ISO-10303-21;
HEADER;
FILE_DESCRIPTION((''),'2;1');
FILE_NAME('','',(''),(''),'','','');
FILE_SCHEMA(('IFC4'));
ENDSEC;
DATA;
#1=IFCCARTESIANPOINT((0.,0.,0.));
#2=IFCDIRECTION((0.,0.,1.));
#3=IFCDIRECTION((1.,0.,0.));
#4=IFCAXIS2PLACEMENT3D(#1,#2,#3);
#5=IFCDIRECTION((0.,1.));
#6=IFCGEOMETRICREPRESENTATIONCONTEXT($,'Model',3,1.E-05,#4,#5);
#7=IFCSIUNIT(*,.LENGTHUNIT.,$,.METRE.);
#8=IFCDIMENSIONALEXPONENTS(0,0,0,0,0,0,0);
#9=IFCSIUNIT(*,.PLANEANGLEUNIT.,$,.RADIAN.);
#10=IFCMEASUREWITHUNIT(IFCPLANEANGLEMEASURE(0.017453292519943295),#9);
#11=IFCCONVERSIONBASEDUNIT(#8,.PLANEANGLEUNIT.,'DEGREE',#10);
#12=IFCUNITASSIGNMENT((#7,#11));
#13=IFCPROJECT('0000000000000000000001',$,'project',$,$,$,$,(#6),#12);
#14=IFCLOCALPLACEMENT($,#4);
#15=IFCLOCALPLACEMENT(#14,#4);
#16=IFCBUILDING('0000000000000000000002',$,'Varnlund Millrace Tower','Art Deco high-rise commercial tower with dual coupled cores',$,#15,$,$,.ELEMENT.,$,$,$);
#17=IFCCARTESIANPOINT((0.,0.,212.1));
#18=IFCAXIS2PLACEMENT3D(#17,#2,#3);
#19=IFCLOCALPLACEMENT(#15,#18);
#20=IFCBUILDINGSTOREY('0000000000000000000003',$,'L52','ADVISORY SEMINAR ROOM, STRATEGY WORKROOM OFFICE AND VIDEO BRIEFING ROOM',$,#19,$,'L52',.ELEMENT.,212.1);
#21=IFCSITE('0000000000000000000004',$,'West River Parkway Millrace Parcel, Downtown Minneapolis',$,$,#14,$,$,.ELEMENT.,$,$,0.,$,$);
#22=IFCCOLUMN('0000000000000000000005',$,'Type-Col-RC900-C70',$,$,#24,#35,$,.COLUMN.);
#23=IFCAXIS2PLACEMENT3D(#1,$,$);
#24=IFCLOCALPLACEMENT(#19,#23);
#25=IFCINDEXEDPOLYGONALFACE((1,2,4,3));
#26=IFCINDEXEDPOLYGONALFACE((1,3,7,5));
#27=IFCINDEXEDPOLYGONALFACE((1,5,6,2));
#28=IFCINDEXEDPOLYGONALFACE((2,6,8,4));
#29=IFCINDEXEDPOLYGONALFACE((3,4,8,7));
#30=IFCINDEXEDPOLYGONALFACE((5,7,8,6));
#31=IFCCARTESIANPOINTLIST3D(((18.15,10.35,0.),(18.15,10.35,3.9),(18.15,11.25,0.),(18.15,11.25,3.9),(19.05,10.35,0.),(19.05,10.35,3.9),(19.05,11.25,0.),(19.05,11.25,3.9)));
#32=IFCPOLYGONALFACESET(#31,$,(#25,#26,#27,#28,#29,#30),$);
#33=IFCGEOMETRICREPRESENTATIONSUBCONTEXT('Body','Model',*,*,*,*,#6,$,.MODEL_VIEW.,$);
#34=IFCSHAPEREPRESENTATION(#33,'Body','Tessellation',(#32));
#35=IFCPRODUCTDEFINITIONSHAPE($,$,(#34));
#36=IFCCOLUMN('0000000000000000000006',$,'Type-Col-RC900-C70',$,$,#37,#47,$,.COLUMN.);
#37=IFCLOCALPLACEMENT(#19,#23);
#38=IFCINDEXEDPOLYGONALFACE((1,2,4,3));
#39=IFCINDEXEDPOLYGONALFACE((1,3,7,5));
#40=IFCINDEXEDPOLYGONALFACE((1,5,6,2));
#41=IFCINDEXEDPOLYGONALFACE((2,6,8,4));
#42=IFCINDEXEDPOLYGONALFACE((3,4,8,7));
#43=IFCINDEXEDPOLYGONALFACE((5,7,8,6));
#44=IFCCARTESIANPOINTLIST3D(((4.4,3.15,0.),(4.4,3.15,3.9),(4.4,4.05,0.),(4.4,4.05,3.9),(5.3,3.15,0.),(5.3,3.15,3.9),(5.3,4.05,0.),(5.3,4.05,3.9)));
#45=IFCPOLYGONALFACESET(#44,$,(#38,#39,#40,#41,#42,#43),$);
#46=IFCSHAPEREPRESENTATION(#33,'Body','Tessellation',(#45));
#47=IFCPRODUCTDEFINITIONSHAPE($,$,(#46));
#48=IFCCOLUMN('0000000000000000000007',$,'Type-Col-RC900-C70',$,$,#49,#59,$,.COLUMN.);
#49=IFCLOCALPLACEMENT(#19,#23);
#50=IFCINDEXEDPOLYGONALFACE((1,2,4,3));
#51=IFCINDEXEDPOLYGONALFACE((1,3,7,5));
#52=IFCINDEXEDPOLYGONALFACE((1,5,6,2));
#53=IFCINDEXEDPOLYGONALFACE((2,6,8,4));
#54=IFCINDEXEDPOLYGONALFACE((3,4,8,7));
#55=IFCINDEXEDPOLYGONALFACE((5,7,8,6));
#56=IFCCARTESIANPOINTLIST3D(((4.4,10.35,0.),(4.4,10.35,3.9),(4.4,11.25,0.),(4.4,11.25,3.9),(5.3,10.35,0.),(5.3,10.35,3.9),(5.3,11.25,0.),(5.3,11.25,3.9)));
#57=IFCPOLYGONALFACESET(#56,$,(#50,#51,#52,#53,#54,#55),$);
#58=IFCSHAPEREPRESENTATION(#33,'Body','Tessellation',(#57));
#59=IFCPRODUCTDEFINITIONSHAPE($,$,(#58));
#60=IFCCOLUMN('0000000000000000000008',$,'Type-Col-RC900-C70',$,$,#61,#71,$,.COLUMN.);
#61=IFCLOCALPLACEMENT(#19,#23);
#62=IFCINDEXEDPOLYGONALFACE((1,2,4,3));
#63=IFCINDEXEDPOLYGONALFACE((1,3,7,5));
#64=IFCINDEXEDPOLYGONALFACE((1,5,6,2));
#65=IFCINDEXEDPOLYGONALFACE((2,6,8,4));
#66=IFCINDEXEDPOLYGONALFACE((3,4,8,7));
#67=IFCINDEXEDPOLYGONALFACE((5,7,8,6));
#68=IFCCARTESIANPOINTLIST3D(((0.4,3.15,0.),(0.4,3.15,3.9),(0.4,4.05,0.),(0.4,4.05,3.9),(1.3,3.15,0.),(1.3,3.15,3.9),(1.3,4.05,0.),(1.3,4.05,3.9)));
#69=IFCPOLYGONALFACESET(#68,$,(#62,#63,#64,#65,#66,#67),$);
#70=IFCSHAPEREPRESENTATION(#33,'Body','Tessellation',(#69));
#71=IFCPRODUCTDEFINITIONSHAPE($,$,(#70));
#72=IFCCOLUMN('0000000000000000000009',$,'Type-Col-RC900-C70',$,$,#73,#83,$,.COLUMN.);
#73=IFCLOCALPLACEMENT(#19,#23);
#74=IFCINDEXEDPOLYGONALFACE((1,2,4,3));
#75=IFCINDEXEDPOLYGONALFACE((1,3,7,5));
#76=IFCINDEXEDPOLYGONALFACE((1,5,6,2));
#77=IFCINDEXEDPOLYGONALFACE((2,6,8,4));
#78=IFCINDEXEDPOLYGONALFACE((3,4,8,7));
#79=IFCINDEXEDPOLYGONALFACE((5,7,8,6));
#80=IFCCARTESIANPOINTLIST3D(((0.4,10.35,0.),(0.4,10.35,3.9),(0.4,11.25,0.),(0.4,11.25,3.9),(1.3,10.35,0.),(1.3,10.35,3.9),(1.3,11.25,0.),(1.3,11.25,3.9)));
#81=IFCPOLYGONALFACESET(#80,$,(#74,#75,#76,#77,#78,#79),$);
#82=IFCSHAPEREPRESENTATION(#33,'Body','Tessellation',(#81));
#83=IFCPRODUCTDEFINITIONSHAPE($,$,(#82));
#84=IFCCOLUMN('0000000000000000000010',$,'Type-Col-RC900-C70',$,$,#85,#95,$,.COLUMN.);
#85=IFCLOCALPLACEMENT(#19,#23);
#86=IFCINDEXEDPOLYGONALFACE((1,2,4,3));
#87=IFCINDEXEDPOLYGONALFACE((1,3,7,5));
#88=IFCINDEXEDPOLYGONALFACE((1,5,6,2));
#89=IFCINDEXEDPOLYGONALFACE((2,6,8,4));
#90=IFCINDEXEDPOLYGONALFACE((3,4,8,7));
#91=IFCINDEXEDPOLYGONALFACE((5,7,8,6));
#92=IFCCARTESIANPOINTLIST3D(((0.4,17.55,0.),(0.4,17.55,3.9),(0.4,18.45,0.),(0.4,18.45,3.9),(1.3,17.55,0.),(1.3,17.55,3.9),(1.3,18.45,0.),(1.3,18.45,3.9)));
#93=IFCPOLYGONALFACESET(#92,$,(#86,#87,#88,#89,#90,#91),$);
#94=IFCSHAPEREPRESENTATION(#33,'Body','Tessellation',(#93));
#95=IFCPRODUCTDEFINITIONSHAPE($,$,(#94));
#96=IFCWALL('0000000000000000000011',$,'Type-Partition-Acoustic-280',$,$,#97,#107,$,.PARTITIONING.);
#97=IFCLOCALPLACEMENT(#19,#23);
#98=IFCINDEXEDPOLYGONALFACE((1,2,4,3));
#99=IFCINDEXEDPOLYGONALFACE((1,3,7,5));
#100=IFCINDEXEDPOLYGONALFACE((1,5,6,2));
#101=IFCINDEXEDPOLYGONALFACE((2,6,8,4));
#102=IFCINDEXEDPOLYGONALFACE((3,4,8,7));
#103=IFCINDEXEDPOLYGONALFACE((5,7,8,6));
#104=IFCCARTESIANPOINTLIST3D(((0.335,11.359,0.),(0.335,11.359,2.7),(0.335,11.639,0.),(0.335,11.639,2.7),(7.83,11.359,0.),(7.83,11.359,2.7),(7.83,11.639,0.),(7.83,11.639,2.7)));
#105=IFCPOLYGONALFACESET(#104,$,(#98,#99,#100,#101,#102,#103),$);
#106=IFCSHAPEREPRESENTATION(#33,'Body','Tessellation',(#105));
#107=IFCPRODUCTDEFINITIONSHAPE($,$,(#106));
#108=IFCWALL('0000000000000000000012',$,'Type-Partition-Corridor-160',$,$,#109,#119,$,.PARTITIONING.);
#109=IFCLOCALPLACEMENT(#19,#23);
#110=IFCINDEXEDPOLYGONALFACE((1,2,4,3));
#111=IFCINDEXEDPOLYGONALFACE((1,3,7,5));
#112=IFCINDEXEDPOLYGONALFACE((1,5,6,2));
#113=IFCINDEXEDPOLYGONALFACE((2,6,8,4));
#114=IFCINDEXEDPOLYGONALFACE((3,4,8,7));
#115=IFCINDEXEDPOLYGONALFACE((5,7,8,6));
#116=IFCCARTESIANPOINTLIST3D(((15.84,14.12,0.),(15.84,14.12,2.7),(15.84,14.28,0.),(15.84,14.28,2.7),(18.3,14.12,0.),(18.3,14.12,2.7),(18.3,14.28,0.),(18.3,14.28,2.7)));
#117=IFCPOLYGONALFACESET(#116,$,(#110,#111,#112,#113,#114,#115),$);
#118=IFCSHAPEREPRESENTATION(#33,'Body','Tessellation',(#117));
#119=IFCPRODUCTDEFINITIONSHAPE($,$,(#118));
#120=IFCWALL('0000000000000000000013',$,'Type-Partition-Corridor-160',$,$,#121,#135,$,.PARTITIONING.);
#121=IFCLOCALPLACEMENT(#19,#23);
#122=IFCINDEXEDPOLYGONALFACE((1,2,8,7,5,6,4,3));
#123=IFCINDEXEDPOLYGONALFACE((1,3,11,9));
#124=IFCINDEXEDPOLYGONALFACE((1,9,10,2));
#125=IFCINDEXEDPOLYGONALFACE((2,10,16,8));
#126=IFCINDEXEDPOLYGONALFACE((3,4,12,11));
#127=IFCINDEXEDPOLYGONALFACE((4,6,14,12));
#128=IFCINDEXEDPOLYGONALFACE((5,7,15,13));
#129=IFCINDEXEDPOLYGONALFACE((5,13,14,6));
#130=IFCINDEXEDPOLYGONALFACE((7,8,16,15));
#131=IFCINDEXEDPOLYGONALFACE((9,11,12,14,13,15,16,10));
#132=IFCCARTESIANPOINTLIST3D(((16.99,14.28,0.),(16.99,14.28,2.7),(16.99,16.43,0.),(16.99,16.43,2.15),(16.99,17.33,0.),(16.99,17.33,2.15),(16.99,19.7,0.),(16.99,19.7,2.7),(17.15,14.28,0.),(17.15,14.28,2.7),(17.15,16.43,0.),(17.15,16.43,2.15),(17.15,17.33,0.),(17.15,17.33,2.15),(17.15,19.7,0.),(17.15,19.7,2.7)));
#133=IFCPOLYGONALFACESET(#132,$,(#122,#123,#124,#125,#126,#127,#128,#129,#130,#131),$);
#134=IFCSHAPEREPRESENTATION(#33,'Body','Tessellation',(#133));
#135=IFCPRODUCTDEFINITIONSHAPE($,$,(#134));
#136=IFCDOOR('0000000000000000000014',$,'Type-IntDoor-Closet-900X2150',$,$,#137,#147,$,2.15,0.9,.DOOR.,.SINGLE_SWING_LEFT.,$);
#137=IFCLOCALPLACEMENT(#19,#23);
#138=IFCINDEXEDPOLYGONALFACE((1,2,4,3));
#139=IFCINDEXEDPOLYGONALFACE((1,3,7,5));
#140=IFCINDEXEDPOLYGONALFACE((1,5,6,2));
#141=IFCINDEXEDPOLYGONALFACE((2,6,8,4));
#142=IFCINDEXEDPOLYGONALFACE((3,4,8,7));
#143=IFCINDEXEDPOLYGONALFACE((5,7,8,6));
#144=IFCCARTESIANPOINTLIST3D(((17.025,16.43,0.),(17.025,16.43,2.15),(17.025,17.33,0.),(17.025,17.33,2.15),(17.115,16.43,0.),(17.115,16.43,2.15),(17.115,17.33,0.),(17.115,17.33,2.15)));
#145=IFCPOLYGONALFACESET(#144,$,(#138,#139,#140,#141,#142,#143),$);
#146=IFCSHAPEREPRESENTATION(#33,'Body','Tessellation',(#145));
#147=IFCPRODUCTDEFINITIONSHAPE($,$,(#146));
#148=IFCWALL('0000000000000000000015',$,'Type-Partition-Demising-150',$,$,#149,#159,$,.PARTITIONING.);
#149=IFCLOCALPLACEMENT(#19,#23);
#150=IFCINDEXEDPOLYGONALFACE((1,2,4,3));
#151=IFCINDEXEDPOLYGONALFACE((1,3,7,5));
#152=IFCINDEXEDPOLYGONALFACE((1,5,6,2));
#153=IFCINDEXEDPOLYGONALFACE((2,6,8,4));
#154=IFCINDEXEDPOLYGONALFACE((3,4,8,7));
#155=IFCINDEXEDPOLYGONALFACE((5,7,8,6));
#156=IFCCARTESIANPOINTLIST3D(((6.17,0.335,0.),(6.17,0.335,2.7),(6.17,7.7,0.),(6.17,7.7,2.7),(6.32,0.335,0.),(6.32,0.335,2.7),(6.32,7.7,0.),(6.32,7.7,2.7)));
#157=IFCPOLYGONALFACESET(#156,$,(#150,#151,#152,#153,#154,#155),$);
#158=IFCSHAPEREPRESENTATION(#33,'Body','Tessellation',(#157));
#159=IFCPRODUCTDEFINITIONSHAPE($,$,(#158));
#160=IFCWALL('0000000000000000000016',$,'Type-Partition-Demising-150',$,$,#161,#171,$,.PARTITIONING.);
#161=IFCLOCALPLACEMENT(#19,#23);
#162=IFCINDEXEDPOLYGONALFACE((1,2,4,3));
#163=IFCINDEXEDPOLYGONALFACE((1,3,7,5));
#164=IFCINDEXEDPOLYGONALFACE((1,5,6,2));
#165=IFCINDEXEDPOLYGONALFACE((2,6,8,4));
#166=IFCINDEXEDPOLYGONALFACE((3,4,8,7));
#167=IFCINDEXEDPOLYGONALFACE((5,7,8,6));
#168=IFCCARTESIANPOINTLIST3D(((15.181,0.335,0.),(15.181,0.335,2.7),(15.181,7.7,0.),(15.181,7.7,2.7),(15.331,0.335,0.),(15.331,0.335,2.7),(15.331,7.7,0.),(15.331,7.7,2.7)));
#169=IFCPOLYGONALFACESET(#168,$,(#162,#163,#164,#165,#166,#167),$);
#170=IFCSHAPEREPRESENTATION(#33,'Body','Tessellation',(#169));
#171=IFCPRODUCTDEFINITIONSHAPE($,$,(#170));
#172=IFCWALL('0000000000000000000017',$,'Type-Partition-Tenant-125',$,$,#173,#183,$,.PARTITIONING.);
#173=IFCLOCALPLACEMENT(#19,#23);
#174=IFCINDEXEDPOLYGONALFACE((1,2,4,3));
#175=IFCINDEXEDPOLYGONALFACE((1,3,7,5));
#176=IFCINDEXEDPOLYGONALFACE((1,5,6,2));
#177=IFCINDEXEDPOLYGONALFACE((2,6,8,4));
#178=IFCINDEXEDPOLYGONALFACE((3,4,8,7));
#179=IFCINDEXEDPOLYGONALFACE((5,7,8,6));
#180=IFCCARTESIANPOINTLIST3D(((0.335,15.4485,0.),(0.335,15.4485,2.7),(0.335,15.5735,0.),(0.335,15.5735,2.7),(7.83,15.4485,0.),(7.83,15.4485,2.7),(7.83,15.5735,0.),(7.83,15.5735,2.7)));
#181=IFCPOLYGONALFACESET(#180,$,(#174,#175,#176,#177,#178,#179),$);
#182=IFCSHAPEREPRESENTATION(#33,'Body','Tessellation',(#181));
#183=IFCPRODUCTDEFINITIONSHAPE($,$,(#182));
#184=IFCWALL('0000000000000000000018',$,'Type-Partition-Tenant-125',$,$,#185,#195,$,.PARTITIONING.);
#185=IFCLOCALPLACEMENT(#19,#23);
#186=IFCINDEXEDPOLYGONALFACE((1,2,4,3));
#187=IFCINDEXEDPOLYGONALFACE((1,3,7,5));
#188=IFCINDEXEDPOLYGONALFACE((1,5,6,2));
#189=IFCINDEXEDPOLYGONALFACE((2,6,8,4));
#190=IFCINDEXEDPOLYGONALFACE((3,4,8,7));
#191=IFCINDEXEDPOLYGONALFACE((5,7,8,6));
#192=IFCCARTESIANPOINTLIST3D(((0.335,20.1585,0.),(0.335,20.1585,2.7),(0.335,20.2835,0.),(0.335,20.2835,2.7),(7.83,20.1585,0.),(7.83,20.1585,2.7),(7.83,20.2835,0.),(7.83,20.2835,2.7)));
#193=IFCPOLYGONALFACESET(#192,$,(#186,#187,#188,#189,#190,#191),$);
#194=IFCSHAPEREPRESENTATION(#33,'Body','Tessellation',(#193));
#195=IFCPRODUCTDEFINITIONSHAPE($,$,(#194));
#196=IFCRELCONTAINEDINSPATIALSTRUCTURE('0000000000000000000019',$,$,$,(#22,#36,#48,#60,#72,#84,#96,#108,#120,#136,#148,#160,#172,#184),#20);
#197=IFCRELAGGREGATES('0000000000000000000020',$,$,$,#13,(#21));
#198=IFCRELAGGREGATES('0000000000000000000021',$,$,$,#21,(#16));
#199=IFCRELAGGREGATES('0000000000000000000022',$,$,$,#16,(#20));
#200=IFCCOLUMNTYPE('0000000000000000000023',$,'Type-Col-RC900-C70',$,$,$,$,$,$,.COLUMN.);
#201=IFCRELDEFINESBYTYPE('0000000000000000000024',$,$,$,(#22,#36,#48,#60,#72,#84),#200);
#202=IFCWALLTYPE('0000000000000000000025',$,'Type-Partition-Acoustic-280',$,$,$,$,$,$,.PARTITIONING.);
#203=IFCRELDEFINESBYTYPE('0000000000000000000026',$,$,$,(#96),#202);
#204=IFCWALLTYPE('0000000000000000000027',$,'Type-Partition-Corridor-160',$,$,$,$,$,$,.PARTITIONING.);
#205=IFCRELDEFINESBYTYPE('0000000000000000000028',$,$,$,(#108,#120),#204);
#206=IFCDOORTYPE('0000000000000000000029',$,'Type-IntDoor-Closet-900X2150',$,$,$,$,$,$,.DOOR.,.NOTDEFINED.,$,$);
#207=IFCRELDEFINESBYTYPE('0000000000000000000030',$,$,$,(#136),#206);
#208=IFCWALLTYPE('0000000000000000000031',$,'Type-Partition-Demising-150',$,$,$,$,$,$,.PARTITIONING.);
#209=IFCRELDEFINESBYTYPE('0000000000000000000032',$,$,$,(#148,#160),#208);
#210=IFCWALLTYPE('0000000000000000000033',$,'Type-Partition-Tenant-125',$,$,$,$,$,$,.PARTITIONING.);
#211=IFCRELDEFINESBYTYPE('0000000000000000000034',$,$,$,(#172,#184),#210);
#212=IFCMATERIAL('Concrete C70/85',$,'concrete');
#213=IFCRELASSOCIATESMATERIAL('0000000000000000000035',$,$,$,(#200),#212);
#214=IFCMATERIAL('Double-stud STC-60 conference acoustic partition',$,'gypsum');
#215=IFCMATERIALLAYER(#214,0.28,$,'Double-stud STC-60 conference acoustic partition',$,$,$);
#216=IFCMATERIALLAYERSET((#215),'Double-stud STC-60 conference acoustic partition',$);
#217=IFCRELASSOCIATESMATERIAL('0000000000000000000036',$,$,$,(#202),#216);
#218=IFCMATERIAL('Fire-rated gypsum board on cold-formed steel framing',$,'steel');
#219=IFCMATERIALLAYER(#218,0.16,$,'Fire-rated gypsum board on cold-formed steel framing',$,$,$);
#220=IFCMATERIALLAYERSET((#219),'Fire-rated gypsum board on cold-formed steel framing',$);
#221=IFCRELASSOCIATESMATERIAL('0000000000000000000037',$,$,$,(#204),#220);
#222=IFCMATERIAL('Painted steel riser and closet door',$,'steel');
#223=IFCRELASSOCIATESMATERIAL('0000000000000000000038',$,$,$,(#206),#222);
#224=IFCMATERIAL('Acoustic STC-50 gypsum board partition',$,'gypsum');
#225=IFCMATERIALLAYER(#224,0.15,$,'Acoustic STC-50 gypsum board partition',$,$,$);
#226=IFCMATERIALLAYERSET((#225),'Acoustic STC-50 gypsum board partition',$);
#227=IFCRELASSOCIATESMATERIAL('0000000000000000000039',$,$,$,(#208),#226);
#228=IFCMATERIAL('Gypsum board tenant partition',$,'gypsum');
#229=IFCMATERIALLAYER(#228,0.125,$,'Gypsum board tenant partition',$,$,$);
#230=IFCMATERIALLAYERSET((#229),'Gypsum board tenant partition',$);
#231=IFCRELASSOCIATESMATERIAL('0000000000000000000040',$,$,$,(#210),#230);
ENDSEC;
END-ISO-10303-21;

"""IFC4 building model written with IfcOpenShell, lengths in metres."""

from ifc_helpers import new_model, entity, si_unit, converted_unit, direction, frame, origin_with_axes, origin_2d_with_axis, place, context, subcontext, project, spatial, polyline, rectangle, outline, extrude, material, layer, layer_set, material_profile, profile_set, type_object, element, fill, save


model = new_model("IFC4")

# Units and contexts
model_context = context("Model", 3, precision=1e-05, world=origin_with_axes(), true_north=direction((0.0, 1.0)))
body_context = subcontext(model_context, "Body", "Model", "MODEL_VIEW")
ifc_project = project(units=[si_unit("LENGTHUNIT", "METRE"), converted_unit("PLANEANGLEUNIT", "DEGREE", entity("IfcPlaneAngleMeasure", 0.017453292519943295), si_unit("PLANEANGLEUNIT", "RADIAN"), dimensions=[0, 0, 0, 0, 0, 0, 0])], contexts=[model_context])

# Site, building, storey
site_placement = place(None, origin_with_axes())
site = spatial("IfcSite", under=ifc_project, at=site_placement, Name="West River Parkway Millrace Parcel, Downtown Minneapolis", CompositionType="ELEMENT", RefElevation=0.0)
building_placement = place(site_placement, origin_with_axes())
building = spatial("IfcBuilding", under=site, at=building_placement, Name="Varnlund Millrace Tower", Description="Art Deco high-rise commercial tower with dual coupled cores", CompositionType="ELEMENT")
storey_placement = place(building_placement, frame((0.0, 0.0, 212.1), z_axis=(0.0, 0.0, 1.0), x_axis=(1.0, 0.0, 0.0)))
storey = spatial("IfcBuildingStorey", under=building, at=storey_placement, Name="L52", Description="ADVISORY SEMINAR ROOM, STRATEGY WORKROOM OFFICE AND VIDEO BRIEFING ROOM", LongName="L52", CompositionType="ELEMENT", Elevation=212.1)

# Columns
ifc_material_1 = material(Name="Concrete C70/85", Category="concrete")
ifc_material_profile = material_profile(ifc_material_1, rectangle(XDim=0.9, YDim=0.9, at=origin_2d_with_axis()), Name="Concrete C70/85")
ifc_profile_set = profile_set([ifc_material_profile], Name="Concrete C70/85")
column_type = type_object("IfcColumnType", Name="Type-Col-RC900-C70", PredefinedType="COLUMN", material=ifc_profile_set)
for number, where, z_axis, x_axis, name in (
    (1, (18.6, 10.8, 0.0), (0.0, 0.0, 1.0), (1.0, 0.0, 0.0), "Type-Col-RC900-C70"),
    (2, (4.85, 3.6, 0.0), (0.0, 0.0, 1.0), (1.0, 0.0, 0.0), "Type-Col-RC900-C70"),
    (3, (4.85, 10.8, 0.0), (0.0, 0.0, 1.0), (1.0, 0.0, 0.0), "Type-Col-RC900-C70"),
    (4, (0.85, 3.6, 0.0), (0.0, 0.0, 1.0), (1.0, 0.0, 0.0), "Type-Col-RC900-C70"),
    (5, (0.85, 10.8, 0.0), (0.0, 0.0, 1.0), (1.0, 0.0, 0.0), "Type-Col-RC900-C70"),
    (6, (0.85, 18.0, 0.0), (0.0, 0.0, 1.0), (1.0, 0.0, 0.0), "Type-Col-RC900-C70"),
):
    element("IfcColumn", number, at=place(storey_placement, frame(where, z_axis=z_axis, x_axis=x_axis)), inside=storey, type_object=column_type, Name=name, PredefinedType="COLUMN", context=body_context, shape_type="SweptSolid", body=[
        extrude(rectangle(XDim=0.9, YDim=0.9, at=origin_2d_with_axis()), origin_with_axes(), (0.0, 0.0, 1.0), 3.9),
    ])

# Walls
ifc_material_2 = material(Name="Double-stud STC-60 conference acoustic partition", Category="gypsum")
ifc_layer_1 = layer(ifc_material_2, 0.28, Name="Double-stud STC-60 conference acoustic partition")
ifc_layer_set_1 = layer_set([ifc_layer_1], Name="Double-stud STC-60 conference acoustic partition")
wall_type_1 = type_object("IfcWallType", Name="Type-Partition-Acoustic-280", PredefinedType="PARTITIONING", material=ifc_layer_set_1)
wall_1_placement = place(storey_placement, frame((0.335, 11.499, 0.0), z_axis=(0.0, 0.0, 1.0), x_axis=(1.0, 0.0, 0.0)))
element("IfcWall", 7, at=wall_1_placement, inside=storey, type_object=wall_type_1, Name="Type-Partition-Acoustic-280", PredefinedType="PARTITIONING", context=body_context, shape_type="SweptSolid", body=[
    extrude(outline(polyline([(0.0, -0.14), (7.495, -0.14), (7.495, 0.14), (0.0, 0.14), (0.0, -0.14)])), origin_with_axes(), (0.0, 0.0, 1.0), 2.7),
])
ifc_material_3 = material(Name="Fire-rated gypsum board on cold-formed steel framing", Category="steel")
ifc_layer_2 = layer(ifc_material_3, 0.16, Name="Fire-rated gypsum board on cold-formed steel framing")
ifc_layer_set_2 = layer_set([ifc_layer_2], Name="Fire-rated gypsum board on cold-formed steel framing")
wall_type_2 = type_object("IfcWallType", Name="Type-Partition-Corridor-160", PredefinedType="PARTITIONING", material=ifc_layer_set_2)
wall_2_placement = place(storey_placement, frame((15.84, 14.2, 0.0), z_axis=(0.0, 0.0, 1.0), x_axis=(1.0, 0.0, 0.0)))
element("IfcWall", 8, at=wall_2_placement, inside=storey, type_object=wall_type_2, Name="Type-Partition-Corridor-160", PredefinedType="PARTITIONING", context=body_context, shape_type="SweptSolid", body=[
    extrude(outline(polyline([(0.0, -0.08), (2.46, -0.08), (2.46, 0.08), (0.0, 0.08), (0.0, -0.08)])), origin_with_axes(), (0.0, 0.0, 1.0), 2.7),
])

# Wall, opening, door
wall_3_placement = place(storey_placement, frame((17.07, 14.28, 0.0), z_axis=(0.0, 0.0, 1.0), x_axis=(0.0, 1.0, 0.0)))
wall_3 = element("IfcWall", 9, at=wall_3_placement, inside=storey, type_object=wall_type_2, Name="Type-Partition-Corridor-160", PredefinedType="PARTITIONING", context=body_context, shape_type="SweptSolid", body=[
    extrude(outline(polyline([(0.0, -0.08), (5.42, -0.08), (5.42, 0.08), (0.0, 0.08), (0.0, -0.08)])), origin_with_axes(), (0.0, 0.0, 1.0), 2.7),
])
opening_1_placement = place(wall_3_placement, frame((2.6, 0.0, 0.0), z_axis=(0.0, 0.0, 1.0), x_axis=(1.0, 0.0, 0.0)))
opening_1 = element("IfcOpeningElement", 10, at=opening_1_placement, cuts=wall_3, PredefinedType="OPENING", context=body_context, shape_type="SweptSolid", body=[
    extrude(rectangle(XDim=0.9, YDim=0.18, at=origin_2d_with_axis()), origin_with_axes(), (0.0, 0.0, 1.0), 2.15),
])
ifc_material_4 = material(Name="Painted steel riser and closet door", Category="steel")
door_type_1 = type_object("IfcDoorType", Name="Type-IntDoor-Closet-900X2150", OperationType="NOTDEFINED", PredefinedType="DOOR", material=ifc_material_4)
door_1_placement = place(wall_3_placement, frame((2.6, 0.0, 0.0), z_axis=(0.0, 0.0, 1.0), x_axis=(1.0, 0.0, 0.0)))
door_1 = element("IfcDoor", 11, at=door_1_placement, inside=storey, type_object=door_type_1, Name="Type-IntDoor-Closet-900X2150", OperationType="SINGLE_SWING_LEFT", OverallHeight=2.15, OverallWidth=0.9, PredefinedType="DOOR", context=body_context, shape_type="SweptSolid", body=[
    extrude(rectangle(XDim=0.9, YDim=0.09, at=origin_2d_with_axis()), origin_with_axes(), (0.0, 0.0, 1.0), 2.15),
])
fill(opening_1, door_1)

# Walls
ifc_material_5 = material(Name="Acoustic STC-50 gypsum board partition", Category="gypsum")
ifc_layer_3 = layer(ifc_material_5, 0.15, Name="Acoustic STC-50 gypsum board partition")
ifc_layer_set_3 = layer_set([ifc_layer_3], Name="Acoustic STC-50 gypsum board partition")
wall_type_3 = type_object("IfcWallType", Name="Type-Partition-Demising-150", PredefinedType="PARTITIONING", material=ifc_layer_set_3)
for number, where, z_axis, x_axis, name in (
    (12, (6.245, 0.335, 0.0), (0.0, 0.0, 1.0), (0.0, 1.0, 0.0), "Type-Partition-Demising-150"),
    (13, (15.256, 0.335, 0.0), (0.0, 0.0, 1.0), (0.0, 1.0, 0.0), "Type-Partition-Demising-150"),
):
    element("IfcWall", number, at=place(storey_placement, frame(where, z_axis=z_axis, x_axis=x_axis)), inside=storey, type_object=wall_type_3, Name=name, PredefinedType="PARTITIONING", context=body_context, shape_type="SweptSolid", body=[
        extrude(outline(polyline([(0.0, -0.075), (7.365, -0.075), (7.365, 0.075), (0.0, 0.075), (0.0, -0.075)])), origin_with_axes(), (0.0, 0.0, 1.0), 2.7),
    ])
ifc_material_6 = material(Name="Gypsum board tenant partition", Category="gypsum")
ifc_layer_4 = layer(ifc_material_6, 0.125, Name="Gypsum board tenant partition")
ifc_layer_set_4 = layer_set([ifc_layer_4], Name="Gypsum board tenant partition")
wall_type_4 = type_object("IfcWallType", Name="Type-Partition-Tenant-125", PredefinedType="PARTITIONING", material=ifc_layer_set_4)
for number, where, z_axis, x_axis, name in (
    (14, (0.335, 15.511, 0.0), (0.0, 0.0, 1.0), (1.0, 0.0, 0.0), "Type-Partition-Tenant-125"),
    (15, (0.335, 20.221, 0.0), (0.0, 0.0, 1.0), (1.0, 0.0, 0.0), "Type-Partition-Tenant-125"),
):
    element("IfcWall", number, at=place(storey_placement, frame(where, z_axis=z_axis, x_axis=x_axis)), inside=storey, type_object=wall_type_4, Name=name, PredefinedType="PARTITIONING", context=body_context, shape_type="SweptSolid", body=[
        extrude(outline(polyline([(0.0, -0.0625), (7.495, -0.0625), (7.495, 0.0625), (0.0, 0.0625), (0.0, -0.0625)])), origin_with_axes(), (0.0, 0.0, 1.0), 2.7),
    ])

save(model, "model.ifc")
